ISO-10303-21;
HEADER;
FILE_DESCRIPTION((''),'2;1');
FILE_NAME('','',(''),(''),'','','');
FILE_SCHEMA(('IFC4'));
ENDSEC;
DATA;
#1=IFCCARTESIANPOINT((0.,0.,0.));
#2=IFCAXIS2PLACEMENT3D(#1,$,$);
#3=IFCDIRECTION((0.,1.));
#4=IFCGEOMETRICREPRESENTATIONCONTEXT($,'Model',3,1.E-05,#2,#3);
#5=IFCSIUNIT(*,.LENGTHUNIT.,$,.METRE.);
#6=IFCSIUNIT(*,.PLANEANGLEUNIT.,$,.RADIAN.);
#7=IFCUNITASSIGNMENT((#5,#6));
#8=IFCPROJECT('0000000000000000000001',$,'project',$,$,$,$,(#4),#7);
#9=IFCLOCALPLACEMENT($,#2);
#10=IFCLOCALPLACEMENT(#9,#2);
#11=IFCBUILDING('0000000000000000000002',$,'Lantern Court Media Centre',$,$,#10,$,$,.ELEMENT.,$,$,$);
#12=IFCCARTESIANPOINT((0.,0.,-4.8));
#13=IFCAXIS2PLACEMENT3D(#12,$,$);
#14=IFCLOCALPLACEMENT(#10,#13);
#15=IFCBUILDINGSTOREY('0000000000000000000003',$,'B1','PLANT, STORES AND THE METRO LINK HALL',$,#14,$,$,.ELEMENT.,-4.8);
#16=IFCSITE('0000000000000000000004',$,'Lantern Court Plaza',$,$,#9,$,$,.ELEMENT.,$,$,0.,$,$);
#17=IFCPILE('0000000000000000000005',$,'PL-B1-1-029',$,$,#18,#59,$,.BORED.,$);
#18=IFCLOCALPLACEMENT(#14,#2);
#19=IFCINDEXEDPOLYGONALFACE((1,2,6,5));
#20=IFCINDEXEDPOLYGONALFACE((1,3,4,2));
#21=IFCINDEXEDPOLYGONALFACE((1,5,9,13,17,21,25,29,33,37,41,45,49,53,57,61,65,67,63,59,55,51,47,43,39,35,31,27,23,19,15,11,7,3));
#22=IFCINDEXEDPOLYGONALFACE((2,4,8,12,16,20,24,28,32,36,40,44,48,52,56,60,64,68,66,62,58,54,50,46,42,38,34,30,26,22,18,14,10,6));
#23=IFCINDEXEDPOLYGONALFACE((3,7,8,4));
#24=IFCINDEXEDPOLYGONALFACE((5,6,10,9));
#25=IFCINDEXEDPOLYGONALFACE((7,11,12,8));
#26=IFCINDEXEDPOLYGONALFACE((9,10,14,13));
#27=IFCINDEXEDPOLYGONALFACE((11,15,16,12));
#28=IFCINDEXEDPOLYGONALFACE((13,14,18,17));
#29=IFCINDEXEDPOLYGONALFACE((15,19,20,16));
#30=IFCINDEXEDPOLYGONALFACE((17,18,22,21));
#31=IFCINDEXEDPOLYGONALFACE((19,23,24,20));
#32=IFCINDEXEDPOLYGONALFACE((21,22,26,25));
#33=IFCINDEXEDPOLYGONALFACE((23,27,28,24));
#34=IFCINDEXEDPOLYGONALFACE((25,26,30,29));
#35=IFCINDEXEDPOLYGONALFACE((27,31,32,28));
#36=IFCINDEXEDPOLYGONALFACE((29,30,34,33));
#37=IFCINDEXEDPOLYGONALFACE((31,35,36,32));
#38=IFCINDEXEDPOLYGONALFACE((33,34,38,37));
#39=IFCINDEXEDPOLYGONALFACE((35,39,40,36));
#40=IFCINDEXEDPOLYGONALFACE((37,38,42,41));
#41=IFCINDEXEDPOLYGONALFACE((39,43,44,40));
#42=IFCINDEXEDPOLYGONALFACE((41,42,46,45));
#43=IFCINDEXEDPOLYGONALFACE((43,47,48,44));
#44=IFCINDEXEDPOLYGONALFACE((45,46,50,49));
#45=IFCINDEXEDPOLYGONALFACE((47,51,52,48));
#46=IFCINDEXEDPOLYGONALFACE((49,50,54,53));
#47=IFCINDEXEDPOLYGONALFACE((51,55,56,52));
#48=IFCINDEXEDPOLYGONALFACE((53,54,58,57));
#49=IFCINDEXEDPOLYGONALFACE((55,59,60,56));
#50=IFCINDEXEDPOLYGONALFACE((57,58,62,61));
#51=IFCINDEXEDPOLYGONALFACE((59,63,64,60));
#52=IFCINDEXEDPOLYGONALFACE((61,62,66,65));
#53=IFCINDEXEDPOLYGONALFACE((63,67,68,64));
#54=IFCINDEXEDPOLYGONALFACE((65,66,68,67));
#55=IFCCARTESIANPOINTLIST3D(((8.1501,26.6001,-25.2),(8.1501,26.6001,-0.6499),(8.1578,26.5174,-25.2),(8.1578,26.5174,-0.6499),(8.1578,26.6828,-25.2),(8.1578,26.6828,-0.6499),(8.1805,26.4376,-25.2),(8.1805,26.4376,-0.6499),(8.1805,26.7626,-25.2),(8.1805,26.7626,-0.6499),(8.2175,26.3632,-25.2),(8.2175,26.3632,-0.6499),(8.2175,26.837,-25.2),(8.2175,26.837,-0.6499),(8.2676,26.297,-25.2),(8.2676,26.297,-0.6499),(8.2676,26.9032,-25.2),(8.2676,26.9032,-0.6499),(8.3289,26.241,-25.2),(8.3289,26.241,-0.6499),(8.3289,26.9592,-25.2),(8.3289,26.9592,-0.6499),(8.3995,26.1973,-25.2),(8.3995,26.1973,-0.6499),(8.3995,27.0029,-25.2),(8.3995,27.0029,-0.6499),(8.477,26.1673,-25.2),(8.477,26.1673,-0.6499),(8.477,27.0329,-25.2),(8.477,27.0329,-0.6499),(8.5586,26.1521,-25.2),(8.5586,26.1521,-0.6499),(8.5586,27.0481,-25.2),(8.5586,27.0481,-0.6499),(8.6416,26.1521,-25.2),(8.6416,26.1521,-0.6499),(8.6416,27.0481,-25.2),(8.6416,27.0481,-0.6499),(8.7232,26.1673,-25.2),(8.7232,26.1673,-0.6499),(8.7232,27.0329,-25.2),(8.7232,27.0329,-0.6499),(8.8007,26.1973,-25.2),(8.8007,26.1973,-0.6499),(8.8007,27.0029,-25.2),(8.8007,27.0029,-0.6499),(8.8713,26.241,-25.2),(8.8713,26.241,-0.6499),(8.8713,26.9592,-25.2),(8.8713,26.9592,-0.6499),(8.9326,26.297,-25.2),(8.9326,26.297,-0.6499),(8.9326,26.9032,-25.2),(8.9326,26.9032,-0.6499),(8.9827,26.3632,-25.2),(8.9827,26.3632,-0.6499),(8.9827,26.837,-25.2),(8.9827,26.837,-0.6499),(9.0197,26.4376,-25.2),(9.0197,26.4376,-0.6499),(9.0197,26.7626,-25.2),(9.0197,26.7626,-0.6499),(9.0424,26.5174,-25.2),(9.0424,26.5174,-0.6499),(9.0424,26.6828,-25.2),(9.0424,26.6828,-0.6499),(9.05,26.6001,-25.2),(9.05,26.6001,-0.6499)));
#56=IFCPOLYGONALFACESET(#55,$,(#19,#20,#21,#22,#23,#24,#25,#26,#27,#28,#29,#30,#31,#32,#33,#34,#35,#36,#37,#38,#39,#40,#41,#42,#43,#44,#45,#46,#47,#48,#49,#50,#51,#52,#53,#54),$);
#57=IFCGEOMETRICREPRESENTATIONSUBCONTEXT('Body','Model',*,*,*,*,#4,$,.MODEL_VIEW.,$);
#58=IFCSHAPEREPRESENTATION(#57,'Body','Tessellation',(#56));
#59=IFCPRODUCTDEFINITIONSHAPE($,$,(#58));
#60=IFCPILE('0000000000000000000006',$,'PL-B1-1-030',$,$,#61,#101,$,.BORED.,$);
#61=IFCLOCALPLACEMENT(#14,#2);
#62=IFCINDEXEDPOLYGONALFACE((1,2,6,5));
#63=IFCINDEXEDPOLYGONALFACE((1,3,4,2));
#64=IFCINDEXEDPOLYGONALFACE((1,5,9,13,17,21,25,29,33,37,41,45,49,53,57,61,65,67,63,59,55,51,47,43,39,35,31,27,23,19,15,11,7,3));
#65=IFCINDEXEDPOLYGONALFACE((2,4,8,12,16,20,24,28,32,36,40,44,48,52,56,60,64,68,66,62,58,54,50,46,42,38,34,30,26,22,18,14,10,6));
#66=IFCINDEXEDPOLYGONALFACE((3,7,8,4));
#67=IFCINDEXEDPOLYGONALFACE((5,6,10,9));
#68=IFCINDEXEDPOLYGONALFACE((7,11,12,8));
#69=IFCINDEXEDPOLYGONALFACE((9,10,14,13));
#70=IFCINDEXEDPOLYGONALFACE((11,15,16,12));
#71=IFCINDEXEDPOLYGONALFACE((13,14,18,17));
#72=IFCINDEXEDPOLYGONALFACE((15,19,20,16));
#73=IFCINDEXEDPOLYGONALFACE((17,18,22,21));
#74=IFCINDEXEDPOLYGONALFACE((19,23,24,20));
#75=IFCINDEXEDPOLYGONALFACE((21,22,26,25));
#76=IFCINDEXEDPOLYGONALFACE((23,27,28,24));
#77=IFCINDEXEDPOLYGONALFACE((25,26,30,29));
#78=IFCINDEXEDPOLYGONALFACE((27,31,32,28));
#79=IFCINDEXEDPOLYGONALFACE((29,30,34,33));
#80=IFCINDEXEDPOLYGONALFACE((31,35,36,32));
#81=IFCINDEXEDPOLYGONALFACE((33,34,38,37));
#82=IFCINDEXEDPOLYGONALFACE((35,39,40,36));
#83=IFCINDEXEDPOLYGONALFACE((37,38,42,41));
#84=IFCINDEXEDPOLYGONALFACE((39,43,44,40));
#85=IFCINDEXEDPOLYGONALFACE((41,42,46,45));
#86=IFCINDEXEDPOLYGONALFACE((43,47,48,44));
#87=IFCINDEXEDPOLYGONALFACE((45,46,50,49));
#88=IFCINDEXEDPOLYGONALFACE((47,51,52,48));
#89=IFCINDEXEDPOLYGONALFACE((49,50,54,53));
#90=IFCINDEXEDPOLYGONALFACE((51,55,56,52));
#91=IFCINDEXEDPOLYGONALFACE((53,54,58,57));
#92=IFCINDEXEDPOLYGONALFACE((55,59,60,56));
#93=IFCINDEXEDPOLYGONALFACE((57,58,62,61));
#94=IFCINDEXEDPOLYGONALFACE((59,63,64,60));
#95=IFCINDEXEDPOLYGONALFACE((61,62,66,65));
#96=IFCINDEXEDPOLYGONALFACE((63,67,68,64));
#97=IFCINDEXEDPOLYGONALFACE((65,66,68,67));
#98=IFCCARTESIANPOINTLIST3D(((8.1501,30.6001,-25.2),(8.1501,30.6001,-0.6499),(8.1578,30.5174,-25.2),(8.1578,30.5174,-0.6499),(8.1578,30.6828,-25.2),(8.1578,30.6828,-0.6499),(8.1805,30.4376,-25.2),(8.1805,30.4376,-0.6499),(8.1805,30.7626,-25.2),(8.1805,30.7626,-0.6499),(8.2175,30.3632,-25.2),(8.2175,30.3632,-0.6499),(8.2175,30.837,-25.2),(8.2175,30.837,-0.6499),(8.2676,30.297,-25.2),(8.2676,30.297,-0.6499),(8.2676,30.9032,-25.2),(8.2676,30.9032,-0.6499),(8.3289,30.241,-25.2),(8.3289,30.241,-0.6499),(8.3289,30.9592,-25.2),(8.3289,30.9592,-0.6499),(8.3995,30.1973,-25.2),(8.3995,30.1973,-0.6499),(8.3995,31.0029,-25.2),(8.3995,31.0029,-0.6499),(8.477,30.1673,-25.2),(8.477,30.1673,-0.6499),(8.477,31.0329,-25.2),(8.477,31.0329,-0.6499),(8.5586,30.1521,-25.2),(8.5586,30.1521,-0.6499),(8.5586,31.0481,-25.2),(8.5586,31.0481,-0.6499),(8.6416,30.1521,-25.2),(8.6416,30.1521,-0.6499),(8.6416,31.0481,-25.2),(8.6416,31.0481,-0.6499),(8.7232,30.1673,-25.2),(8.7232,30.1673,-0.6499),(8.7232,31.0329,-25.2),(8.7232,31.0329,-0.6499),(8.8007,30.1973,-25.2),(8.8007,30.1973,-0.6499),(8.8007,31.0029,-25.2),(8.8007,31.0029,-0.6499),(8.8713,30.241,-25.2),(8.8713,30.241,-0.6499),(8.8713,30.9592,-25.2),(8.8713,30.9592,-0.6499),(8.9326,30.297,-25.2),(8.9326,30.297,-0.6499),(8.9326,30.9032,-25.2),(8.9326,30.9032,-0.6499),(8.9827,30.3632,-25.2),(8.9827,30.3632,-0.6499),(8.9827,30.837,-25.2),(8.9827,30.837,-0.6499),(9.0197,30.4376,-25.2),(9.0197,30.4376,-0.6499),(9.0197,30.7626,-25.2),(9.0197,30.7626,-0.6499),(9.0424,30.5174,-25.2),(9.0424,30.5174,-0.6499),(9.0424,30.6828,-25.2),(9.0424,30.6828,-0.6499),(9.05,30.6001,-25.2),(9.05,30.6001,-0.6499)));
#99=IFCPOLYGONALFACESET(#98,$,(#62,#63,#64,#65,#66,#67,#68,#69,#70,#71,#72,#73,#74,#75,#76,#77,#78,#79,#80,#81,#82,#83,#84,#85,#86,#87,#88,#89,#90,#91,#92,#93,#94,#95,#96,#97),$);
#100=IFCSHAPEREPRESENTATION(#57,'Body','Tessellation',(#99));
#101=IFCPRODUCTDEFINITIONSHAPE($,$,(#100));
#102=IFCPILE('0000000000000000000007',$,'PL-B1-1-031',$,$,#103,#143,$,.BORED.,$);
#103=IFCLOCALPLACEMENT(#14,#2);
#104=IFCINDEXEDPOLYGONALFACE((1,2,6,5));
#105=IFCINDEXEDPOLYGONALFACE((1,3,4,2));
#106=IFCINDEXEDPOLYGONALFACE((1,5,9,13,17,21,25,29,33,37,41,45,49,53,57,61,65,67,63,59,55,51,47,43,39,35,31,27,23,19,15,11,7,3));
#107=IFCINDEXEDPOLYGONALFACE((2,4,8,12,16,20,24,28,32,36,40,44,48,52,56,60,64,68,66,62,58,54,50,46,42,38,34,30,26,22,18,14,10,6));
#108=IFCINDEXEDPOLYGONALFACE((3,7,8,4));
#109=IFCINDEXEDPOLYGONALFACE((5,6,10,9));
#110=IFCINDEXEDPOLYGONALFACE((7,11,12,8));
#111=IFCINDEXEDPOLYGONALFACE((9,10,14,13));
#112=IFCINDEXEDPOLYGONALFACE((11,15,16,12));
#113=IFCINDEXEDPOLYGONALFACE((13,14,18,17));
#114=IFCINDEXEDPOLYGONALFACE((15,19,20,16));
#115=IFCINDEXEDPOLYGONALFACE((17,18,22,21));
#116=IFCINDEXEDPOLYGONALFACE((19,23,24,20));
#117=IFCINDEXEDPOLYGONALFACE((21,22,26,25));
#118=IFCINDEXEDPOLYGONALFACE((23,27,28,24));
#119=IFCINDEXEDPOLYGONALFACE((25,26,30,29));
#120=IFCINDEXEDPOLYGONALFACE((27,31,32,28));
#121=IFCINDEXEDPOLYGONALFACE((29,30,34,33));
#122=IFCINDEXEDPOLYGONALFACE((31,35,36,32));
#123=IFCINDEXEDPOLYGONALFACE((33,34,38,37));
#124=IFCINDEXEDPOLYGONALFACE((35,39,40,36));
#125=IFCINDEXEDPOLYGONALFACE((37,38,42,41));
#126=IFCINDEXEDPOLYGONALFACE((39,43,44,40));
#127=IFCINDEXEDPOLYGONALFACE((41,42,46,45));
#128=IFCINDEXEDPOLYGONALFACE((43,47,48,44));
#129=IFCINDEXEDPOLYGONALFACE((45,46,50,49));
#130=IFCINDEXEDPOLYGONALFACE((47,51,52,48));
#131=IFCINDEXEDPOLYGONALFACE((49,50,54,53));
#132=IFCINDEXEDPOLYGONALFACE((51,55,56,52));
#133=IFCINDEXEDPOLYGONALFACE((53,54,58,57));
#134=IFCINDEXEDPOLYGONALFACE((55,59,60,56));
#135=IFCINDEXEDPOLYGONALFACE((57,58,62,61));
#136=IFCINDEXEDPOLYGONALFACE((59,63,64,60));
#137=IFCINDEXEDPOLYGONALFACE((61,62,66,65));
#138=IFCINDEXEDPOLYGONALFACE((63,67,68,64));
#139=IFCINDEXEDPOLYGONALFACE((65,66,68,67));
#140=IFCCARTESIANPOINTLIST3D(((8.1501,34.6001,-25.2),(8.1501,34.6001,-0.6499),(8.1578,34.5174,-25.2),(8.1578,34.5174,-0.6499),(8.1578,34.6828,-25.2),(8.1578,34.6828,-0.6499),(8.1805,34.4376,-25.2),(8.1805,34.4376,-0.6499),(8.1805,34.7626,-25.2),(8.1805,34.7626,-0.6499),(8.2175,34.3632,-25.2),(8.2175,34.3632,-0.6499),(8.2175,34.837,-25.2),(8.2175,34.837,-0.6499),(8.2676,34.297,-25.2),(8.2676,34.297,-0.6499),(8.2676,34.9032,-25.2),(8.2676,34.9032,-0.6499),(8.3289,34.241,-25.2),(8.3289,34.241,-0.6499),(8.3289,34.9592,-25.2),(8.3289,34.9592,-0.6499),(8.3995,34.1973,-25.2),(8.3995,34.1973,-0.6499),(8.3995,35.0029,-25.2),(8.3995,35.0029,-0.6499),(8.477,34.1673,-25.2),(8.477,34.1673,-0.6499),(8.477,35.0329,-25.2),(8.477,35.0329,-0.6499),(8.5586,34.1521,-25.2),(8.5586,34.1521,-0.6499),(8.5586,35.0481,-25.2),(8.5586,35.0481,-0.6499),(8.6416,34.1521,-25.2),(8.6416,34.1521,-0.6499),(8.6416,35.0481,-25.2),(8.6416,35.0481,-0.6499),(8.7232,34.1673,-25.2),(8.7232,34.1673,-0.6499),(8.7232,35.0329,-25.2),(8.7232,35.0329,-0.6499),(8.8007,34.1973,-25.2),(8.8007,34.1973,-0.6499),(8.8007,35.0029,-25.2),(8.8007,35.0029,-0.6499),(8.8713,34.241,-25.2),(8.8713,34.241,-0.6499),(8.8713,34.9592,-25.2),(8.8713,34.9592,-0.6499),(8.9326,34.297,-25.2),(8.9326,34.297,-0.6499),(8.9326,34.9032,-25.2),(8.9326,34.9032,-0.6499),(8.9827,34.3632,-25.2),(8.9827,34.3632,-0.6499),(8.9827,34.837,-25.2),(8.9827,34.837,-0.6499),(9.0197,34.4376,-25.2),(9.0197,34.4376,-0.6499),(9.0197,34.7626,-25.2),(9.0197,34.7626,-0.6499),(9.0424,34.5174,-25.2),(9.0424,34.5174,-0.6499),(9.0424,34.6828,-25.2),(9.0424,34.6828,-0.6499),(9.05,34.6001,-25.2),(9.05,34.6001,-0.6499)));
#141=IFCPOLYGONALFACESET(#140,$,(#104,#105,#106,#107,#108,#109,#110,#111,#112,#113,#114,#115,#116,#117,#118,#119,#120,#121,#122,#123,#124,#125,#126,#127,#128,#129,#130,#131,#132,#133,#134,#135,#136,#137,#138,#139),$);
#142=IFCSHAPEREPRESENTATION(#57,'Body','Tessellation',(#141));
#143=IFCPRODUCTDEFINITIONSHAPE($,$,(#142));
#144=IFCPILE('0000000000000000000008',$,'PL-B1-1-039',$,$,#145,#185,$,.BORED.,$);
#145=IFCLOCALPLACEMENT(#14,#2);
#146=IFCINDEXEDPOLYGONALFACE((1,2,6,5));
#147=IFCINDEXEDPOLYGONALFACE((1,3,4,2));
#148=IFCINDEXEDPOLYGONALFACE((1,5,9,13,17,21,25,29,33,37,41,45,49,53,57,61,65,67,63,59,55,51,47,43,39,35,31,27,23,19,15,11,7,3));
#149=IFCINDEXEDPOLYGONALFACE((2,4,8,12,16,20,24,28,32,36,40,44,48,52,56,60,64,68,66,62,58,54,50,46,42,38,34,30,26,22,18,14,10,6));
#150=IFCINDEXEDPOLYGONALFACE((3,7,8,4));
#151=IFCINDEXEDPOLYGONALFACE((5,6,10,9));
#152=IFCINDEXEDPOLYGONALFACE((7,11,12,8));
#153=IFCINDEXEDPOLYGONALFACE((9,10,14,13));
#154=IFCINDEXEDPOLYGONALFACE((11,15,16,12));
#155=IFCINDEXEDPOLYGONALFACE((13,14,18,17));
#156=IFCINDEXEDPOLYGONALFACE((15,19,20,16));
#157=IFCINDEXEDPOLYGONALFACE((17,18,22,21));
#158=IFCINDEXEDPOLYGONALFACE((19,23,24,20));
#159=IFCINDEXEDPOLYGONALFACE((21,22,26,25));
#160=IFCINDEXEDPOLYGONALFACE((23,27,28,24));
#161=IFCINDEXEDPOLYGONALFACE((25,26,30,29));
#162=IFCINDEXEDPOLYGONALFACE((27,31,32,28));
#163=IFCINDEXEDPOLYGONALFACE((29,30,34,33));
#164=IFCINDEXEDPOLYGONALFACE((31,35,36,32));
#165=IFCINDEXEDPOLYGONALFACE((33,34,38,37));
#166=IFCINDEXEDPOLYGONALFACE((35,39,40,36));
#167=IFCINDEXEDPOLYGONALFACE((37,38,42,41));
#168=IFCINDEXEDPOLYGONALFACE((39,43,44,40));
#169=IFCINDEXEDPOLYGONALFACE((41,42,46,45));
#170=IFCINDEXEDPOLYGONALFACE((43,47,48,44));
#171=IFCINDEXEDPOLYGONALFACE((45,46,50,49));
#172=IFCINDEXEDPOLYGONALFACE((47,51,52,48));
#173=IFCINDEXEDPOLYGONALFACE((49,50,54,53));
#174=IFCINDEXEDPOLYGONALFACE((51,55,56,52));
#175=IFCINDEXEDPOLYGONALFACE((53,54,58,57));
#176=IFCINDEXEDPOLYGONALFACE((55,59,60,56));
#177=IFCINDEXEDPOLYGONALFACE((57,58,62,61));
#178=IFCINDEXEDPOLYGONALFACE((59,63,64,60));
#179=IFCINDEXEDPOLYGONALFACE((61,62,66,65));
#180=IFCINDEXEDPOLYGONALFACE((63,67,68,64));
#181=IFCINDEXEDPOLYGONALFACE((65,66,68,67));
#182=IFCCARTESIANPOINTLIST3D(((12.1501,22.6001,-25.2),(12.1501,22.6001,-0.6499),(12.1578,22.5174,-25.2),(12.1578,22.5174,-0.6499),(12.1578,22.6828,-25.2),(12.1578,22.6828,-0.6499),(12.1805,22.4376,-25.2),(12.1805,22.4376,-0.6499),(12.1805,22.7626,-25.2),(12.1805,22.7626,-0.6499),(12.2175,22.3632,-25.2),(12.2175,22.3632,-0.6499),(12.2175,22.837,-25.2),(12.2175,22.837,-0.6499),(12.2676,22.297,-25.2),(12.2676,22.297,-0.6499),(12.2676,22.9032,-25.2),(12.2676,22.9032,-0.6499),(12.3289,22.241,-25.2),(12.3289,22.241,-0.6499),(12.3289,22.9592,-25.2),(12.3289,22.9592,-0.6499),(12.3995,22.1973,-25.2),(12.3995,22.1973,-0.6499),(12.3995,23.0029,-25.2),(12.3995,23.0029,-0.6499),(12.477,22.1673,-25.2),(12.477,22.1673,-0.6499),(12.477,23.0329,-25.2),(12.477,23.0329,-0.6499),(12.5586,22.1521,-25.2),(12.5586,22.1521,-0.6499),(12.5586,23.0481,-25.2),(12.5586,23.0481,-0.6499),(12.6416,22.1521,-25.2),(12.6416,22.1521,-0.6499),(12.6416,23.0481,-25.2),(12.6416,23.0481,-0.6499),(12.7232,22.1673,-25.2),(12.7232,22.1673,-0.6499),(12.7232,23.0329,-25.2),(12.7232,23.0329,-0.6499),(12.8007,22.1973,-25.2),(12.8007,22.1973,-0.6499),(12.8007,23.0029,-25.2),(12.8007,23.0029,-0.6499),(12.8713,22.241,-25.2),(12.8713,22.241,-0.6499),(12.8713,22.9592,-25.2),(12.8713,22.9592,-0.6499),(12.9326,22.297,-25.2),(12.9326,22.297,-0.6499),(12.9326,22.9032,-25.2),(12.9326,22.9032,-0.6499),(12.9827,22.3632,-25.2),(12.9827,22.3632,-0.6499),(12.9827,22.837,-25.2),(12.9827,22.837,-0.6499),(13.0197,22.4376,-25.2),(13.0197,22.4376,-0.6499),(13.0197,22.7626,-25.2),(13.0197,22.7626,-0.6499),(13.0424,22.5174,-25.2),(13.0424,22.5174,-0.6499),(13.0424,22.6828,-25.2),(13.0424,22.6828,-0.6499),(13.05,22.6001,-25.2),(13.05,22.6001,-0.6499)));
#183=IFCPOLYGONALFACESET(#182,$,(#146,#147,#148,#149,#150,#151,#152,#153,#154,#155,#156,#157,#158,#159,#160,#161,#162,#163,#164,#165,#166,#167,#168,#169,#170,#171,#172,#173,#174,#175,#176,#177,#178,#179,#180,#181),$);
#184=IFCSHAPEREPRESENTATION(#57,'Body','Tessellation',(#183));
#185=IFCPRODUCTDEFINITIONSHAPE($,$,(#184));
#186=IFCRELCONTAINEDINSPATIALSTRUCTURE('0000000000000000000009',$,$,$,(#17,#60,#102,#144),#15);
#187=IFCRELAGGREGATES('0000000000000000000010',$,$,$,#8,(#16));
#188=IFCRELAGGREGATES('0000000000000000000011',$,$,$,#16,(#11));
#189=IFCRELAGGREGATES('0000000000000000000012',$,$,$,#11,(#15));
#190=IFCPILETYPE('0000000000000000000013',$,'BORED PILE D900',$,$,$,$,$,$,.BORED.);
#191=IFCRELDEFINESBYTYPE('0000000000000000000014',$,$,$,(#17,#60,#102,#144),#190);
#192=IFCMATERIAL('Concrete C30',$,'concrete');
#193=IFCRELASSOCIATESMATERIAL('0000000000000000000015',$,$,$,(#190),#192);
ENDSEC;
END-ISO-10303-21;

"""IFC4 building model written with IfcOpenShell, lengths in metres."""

from ifc_helpers import new_model, si_unit, direction, frame, origin, origin_2d, place, context, subcontext, project, spatial, circle, extrude, material, material_profile, profile_set, type_object, element, save


model = new_model("IFC4")

# Units and contexts
model_context = context("Model", 3, precision=1e-05, world=origin(), true_north=direction((0.0, 1.0)))
body_context = subcontext(model_context, "Body", "Model", "MODEL_VIEW")
ifc_project = project(units=[si_unit("LENGTHUNIT", "METRE"), si_unit("PLANEANGLEUNIT", "RADIAN")], contexts=[model_context])

# Site, building, storey
site_placement = place(None, origin())
site = spatial("IfcSite", under=ifc_project, at=site_placement, Name="Lantern Court Plaza", CompositionType="ELEMENT", RefElevation=0.0)
building_placement = place(site_placement, origin())
building = spatial("IfcBuilding", under=site, at=building_placement, Name="Lantern Court Media Centre", CompositionType="ELEMENT")
storey_placement = place(building_placement, frame((0.0, 0.0, -4.8)))
storey = spatial("IfcBuildingStorey", under=building, at=storey_placement, Name="B1", Description="PLANT, STORES AND THE METRO LINK HALL", CompositionType="ELEMENT", Elevation=-4.8)

# Piles
ifc_material_1 = material(Name="Concrete C30", Category="concrete")
ifc_material_profile_1 = material_profile(ifc_material_1, circle(Radius=0.45, at=origin_2d()), Name="D900")
ifc_profile_set_1 = profile_set([ifc_material_profile_1], Name="Concrete C30")
pile_type = type_object("IfcPileType", Name="BORED PILE D900", PredefinedType="BORED", material=ifc_profile_set_1)
for number, where, z_axis, x_axis, name in (
    (1, (8.6001, 26.6001, -0.6499), (0.0, 0.0, -1.0), (1.0, 0.0, 0.0), "PL-B1-1-029"),
    (2, (8.6001, 30.6001, -0.6499), (0.0, 0.0, -1.0), (1.0, 0.0, 0.0), "PL-B1-1-030"),
    (3, (8.6001, 34.6001, -0.6499), (0.0, 0.0, -1.0), (1.0, 0.0, 0.0), "PL-B1-1-031"),
    (4, (12.6001, 22.6001, -0.6499), (0.0, 0.0, -1.0), (1.0, 0.0, 0.0), "PL-B1-1-039"),
):
    element("IfcPile", number, at=place(storey_placement, frame(where, z_axis=z_axis, x_axis=x_axis)), inside=storey, type_object=pile_type, Name=name, PredefinedType="BORED", context=body_context, shape_type="SweptSolid", body=[
        extrude(circle(Radius=0.45, at=origin_2d()), origin(), (0.0, 0.0, 1.0), 24.55),
    ])

save(model, "model.ifc")
